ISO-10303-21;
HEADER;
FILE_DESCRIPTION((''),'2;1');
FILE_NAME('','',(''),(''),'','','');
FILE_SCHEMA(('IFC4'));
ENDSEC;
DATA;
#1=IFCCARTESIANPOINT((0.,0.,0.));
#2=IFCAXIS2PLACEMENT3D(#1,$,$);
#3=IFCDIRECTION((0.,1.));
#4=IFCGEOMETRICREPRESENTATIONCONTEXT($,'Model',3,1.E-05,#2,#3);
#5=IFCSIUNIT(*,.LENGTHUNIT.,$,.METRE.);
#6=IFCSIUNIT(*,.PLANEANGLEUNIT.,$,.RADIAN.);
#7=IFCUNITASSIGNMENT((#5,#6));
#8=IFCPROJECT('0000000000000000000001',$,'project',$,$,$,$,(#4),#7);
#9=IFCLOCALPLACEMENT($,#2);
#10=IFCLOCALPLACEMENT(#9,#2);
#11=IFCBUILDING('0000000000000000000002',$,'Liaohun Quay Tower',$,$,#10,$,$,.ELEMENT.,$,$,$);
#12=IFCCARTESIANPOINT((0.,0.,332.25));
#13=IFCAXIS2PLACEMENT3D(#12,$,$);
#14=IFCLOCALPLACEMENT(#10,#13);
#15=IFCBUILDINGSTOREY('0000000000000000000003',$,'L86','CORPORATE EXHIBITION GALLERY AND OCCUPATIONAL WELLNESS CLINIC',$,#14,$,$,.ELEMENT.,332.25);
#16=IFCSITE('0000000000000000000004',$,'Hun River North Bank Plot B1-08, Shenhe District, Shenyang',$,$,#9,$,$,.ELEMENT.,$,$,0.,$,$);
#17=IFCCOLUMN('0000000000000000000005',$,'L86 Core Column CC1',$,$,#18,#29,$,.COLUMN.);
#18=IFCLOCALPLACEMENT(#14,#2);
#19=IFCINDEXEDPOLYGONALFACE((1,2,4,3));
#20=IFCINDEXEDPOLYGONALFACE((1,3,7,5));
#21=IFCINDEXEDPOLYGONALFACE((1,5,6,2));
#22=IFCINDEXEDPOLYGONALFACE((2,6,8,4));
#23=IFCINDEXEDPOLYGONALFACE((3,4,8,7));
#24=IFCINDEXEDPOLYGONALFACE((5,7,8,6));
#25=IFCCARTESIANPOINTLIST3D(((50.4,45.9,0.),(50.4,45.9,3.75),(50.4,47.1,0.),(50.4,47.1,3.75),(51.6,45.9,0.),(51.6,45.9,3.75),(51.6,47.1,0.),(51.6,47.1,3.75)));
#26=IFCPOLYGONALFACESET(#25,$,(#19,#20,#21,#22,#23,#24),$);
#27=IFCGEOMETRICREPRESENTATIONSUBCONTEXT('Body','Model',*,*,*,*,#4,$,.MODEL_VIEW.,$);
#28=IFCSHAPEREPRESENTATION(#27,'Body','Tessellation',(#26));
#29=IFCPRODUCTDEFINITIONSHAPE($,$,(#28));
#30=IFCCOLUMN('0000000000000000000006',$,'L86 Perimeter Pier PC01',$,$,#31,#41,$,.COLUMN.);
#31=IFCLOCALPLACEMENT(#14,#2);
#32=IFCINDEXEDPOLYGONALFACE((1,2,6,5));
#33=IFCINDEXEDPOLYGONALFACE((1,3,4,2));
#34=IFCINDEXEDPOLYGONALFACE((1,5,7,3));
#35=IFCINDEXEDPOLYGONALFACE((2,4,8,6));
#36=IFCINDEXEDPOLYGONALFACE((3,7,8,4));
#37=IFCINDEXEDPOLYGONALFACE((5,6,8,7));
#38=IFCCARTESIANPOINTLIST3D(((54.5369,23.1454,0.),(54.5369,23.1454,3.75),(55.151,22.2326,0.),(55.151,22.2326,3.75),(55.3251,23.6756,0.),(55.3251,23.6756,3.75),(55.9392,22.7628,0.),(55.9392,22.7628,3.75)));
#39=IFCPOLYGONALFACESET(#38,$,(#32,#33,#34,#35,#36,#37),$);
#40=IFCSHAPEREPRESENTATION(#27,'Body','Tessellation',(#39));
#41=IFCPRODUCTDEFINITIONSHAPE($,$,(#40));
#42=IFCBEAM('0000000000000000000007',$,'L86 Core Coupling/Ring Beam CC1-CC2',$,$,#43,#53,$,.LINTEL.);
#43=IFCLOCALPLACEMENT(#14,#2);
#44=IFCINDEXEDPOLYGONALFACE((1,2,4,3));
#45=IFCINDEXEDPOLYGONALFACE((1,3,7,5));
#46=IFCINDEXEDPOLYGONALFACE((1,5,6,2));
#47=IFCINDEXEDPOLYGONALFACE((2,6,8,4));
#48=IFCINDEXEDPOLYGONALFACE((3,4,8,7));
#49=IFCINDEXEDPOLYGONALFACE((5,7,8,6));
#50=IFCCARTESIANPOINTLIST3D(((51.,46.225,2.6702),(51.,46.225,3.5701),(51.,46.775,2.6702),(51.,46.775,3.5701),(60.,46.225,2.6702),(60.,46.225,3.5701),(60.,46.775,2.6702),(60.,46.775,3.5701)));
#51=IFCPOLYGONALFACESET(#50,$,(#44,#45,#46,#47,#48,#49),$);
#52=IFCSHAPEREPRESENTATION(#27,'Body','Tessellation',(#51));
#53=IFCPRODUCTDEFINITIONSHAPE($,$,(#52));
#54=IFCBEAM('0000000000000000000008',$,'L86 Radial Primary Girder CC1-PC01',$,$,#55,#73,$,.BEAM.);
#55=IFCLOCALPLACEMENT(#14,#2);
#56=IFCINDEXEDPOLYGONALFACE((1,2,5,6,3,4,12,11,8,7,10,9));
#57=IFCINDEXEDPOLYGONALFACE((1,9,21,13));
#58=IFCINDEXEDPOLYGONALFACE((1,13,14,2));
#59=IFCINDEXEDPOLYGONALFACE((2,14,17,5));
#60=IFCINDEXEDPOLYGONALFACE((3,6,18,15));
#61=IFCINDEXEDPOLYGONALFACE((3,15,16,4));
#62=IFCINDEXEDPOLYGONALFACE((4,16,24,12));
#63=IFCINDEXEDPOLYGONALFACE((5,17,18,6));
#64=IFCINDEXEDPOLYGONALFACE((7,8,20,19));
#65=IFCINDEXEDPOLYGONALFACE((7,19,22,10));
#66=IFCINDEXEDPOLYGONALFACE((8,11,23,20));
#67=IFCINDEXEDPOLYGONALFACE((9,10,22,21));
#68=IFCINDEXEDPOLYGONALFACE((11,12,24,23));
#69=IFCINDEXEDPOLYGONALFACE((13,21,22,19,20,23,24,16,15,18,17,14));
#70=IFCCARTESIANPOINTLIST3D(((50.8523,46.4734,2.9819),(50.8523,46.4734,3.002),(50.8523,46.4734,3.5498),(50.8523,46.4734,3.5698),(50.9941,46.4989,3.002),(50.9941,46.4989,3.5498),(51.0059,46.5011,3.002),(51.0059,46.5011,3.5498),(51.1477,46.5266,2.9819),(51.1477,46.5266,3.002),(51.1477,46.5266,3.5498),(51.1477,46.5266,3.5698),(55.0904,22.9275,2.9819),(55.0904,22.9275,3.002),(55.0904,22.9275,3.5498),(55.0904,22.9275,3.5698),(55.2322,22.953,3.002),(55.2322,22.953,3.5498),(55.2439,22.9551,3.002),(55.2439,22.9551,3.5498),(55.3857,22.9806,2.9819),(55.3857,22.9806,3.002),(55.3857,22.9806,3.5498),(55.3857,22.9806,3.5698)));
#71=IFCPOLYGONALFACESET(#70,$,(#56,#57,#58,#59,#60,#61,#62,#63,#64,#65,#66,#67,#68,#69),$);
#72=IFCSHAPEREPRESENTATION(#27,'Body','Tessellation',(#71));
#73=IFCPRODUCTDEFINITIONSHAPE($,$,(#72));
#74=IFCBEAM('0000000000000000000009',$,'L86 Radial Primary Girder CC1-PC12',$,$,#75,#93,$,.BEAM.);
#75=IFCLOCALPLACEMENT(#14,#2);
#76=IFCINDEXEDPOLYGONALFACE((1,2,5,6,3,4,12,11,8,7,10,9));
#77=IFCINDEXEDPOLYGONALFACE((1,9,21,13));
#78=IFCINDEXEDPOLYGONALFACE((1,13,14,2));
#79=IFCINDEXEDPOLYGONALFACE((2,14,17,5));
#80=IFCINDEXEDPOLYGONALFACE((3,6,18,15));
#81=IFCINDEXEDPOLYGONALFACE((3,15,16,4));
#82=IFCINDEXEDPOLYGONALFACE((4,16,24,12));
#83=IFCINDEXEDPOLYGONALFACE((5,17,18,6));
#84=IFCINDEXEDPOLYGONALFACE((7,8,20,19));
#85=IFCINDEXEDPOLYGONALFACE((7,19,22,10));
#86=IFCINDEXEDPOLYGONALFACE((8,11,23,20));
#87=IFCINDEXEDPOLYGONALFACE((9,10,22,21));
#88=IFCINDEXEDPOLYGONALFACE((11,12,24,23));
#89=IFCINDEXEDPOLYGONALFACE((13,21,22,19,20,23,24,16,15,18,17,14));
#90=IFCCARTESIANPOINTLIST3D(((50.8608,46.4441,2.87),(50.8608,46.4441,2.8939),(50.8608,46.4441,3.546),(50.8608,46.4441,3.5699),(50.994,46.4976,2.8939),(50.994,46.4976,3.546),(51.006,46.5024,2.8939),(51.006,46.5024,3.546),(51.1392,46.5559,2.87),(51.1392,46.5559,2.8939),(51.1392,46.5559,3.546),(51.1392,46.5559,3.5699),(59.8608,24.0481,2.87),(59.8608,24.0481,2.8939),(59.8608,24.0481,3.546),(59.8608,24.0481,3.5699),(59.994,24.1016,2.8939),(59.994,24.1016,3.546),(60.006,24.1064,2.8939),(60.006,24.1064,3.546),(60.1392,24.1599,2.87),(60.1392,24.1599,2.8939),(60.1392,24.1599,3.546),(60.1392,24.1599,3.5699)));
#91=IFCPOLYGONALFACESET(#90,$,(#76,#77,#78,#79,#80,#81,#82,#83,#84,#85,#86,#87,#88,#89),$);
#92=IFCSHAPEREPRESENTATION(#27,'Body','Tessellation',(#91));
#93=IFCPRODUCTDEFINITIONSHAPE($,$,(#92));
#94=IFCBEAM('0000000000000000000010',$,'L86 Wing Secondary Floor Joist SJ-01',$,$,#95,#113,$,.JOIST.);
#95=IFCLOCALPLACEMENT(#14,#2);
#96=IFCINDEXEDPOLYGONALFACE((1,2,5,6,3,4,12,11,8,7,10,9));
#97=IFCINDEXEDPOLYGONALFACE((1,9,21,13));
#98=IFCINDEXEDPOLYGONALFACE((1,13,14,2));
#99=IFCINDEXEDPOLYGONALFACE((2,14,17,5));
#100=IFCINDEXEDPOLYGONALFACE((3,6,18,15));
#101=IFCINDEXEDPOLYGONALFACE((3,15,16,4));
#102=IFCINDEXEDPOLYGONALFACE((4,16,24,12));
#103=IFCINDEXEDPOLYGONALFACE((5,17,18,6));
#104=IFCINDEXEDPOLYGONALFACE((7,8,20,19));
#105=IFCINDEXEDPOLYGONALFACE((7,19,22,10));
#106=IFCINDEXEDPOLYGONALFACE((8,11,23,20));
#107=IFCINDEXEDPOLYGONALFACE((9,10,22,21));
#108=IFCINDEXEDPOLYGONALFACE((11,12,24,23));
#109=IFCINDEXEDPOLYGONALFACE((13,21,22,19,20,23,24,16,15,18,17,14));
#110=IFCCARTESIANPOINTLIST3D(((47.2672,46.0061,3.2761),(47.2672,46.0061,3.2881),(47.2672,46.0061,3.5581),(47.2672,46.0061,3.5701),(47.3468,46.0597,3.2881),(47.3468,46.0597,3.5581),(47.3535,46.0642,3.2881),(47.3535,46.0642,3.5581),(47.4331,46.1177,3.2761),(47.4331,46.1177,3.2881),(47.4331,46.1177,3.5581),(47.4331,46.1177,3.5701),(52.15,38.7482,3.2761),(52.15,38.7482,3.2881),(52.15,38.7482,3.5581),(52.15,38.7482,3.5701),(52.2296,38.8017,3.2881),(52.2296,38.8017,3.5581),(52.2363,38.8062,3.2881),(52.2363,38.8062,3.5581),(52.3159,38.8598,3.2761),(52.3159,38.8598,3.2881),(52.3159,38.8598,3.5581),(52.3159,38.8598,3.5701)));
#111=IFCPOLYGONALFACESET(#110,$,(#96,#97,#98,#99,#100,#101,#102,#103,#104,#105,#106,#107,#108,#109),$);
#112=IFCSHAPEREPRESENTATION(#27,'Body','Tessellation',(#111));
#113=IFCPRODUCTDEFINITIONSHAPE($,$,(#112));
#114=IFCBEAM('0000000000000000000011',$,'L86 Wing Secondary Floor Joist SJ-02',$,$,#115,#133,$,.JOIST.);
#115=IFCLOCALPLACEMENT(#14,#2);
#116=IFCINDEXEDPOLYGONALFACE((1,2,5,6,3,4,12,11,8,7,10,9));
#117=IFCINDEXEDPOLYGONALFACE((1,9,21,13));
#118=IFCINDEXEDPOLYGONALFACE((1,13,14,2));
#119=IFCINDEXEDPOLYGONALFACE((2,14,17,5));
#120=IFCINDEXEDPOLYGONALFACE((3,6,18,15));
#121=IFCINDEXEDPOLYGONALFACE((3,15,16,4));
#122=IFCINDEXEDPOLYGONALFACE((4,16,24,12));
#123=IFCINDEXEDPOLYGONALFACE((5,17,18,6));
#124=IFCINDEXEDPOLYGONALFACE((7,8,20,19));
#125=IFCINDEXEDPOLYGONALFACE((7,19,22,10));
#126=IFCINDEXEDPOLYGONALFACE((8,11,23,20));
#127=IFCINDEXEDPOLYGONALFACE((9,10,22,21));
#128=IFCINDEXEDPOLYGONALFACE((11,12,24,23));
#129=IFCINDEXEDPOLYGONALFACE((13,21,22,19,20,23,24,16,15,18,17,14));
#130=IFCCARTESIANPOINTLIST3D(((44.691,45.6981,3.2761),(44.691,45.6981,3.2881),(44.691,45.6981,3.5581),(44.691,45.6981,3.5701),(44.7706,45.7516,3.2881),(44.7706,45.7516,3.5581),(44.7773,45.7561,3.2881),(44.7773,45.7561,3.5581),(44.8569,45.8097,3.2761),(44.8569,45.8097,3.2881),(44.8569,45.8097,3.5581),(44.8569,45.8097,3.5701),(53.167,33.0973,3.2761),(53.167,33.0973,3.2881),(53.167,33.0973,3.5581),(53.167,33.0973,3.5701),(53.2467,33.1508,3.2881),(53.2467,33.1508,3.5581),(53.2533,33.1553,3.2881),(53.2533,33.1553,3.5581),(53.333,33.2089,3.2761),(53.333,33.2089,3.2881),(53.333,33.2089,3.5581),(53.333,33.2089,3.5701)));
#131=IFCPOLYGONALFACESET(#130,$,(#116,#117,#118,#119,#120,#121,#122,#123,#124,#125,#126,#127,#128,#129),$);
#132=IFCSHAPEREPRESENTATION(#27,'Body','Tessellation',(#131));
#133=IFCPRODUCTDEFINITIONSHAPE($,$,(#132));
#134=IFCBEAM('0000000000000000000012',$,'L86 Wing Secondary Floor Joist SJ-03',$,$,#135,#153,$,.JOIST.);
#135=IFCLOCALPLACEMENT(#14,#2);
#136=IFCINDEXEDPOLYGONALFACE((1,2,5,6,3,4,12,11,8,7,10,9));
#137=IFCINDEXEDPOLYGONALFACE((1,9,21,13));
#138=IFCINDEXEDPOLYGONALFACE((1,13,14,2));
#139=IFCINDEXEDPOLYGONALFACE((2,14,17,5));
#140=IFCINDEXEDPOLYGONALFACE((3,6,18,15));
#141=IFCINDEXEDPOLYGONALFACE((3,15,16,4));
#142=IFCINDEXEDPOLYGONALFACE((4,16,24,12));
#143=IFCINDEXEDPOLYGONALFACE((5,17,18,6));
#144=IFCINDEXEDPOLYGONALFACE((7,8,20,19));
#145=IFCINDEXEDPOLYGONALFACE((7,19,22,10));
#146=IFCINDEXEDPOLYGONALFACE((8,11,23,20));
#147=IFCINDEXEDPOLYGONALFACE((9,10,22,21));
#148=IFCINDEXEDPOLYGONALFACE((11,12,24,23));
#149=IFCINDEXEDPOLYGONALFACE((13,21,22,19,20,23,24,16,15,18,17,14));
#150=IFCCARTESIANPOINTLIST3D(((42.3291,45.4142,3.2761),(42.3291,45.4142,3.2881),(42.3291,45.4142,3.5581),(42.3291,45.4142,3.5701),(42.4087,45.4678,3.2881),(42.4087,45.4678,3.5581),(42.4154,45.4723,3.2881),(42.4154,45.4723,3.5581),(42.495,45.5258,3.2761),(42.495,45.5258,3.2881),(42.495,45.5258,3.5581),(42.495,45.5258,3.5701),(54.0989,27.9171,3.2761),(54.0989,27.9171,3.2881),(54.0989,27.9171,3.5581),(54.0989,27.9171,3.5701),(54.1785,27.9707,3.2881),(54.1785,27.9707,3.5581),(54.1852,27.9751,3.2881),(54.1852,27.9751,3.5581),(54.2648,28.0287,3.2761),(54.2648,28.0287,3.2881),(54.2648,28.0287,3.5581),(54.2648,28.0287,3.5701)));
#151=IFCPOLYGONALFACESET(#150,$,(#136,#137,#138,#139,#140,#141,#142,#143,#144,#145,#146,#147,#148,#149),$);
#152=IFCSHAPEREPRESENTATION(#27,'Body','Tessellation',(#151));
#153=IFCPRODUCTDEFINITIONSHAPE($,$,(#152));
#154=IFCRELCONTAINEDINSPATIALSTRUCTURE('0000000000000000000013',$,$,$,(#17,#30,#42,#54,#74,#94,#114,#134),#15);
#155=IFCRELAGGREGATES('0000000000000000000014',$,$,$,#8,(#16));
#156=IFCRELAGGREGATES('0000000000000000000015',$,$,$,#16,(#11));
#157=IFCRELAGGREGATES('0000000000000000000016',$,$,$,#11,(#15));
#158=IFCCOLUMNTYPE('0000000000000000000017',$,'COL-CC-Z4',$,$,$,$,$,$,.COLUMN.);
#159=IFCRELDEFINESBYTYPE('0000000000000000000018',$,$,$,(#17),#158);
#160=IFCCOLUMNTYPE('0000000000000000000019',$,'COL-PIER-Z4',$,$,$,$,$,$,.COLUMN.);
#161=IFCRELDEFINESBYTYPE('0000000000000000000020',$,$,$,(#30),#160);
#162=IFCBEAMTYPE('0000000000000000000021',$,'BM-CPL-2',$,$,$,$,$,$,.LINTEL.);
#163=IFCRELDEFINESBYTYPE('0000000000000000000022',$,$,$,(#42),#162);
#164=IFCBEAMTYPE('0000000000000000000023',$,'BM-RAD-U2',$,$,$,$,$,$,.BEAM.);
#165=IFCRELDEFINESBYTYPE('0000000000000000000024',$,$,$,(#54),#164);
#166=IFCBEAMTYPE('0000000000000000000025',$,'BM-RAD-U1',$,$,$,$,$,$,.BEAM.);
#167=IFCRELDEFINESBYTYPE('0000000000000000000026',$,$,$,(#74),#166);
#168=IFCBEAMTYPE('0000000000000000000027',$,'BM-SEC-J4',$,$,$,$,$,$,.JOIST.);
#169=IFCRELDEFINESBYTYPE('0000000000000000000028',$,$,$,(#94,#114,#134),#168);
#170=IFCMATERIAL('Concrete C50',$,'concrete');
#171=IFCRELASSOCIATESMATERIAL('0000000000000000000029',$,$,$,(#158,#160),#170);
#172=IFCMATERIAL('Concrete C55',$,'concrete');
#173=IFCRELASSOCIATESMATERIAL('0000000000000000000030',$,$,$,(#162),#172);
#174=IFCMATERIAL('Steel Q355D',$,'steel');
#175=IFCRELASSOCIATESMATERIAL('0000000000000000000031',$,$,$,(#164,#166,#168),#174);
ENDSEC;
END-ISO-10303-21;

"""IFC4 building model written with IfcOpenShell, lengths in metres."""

from ifc_helpers import new_model, si_unit, direction, frame, origin, origin_2d, place, context, subcontext, project, spatial, rectangle, i_section, extrude, source, transform, mapped, material, material_profile, profile_set, type_object, element, save


model = new_model("IFC4")

# Units and contexts
model_context = context("Model", 3, precision=1e-05, world=origin(), true_north=direction((0.0, 1.0)))
body_context = subcontext(model_context, "Body", "Model", "MODEL_VIEW")
ifc_project = project(units=[si_unit("LENGTHUNIT", "METRE"), si_unit("PLANEANGLEUNIT", "RADIAN")], contexts=[model_context])

# Site, building, storey
site_placement = place(None, origin())
site = spatial("IfcSite", under=ifc_project, at=site_placement, Name="Hun River North Bank Plot B1-08, Shenhe District, Shenyang", CompositionType="ELEMENT", RefElevation=0.0)
building_placement = place(site_placement, origin())
building = spatial("IfcBuilding", under=site, at=building_placement, Name="Liaohun Quay Tower", CompositionType="ELEMENT")
storey_placement = place(building_placement, frame((0.0, 0.0, 332.25)))
storey = spatial("IfcBuildingStorey", under=building, at=storey_placement, Name="L86", Description="CORPORATE EXHIBITION GALLERY AND OCCUPATIONAL WELLNESS CLINIC", CompositionType="ELEMENT", Elevation=332.25)

# Columns
ifc_material_1 = material(Name="Concrete C50", Category="concrete")
ifc_material_profile_1 = material_profile(ifc_material_1, rectangle(XDim=1.2, YDim=1.2, at=origin_2d()), Name="RC1200x1200")
ifc_profile_set_1 = profile_set([ifc_material_profile_1], Name="Concrete C50")
column_type_1 = type_object("IfcColumnType", Name="COL-CC-Z4", PredefinedType="COLUMN", material=ifc_profile_set_1)
shared_shape_1 = source(origin(), body_context, "Body", "SweptSolid", [
    extrude(rectangle(XDim=1.2, YDim=1.2, at=origin_2d()), origin(), (0.0, 0.0, 1.0), 3.75),
])
column_1_placement = place(storey_placement, frame((51.0, 46.5, 0.0), z_axis=(0.0, 0.0, 1.0), x_axis=(1.0, 0.0, 0.0)))
element("IfcColumn", 1, at=column_1_placement, inside=storey, type_object=column_type_1, Name="L86 Core Column CC1", PredefinedType="COLUMN", context=body_context, shape_type="MappedRepresentation", body=[
    mapped(shared_shape_1, transform((0.0, 0.0, 0.0), x_axis=(1.0, 0.0, 0.0), y_axis=(0.0, 1.0, 0.0), z_axis=(0.0, 0.0, 1.0), scale=1.0)),
])
ifc_material_profile_2 = material_profile(ifc_material_1, rectangle(XDim=1.1001, YDim=0.95, at=origin_2d()), Name="RC1100x950")
ifc_profile_set_2 = profile_set([ifc_material_profile_2], Name="Concrete C50")
column_type_2 = type_object("IfcColumnType", Name="COL-PIER-Z4", PredefinedType="COLUMN", material=ifc_profile_set_2)
shared_shape_2 = source(origin(), body_context, "Body", "SweptSolid", [
    extrude(rectangle(XDim=1.1001, YDim=0.95, at=origin_2d()), origin(), (0.0, 0.0, 1.0), 3.75),
])
column_2_placement = place(storey_placement, frame((55.238, 22.9541, 0.0), z_axis=(0.0, 0.0, 1.0), x_axis=(-0.55818, 0.82972, 0.0)))
element("IfcColumn", 2, at=column_2_placement, inside=storey, type_object=column_type_2, Name="L86 Perimeter Pier PC01", PredefinedType="COLUMN", context=body_context, shape_type="MappedRepresentation", body=[
    mapped(shared_shape_2, transform((0.0, 0.0, 0.0), x_axis=(1.0, 0.0, 0.0), y_axis=(0.0, 1.0, 0.0), z_axis=(0.0, 0.0, 1.0), scale=1.0)),
])

# Beams
ifc_material_2 = material(Name="Concrete C55", Category="concrete")
ifc_material_profile_3 = material_profile(ifc_material_2, rectangle(XDim=0.55, YDim=0.8999, at=origin_2d()), Name="RC550x900")
ifc_profile_set_3 = profile_set([ifc_material_profile_3], Name="Concrete C55")
beam_type_1 = type_object("IfcBeamType", Name="BM-CPL-2", PredefinedType="LINTEL", material=ifc_profile_set_3)
shared_shape_3 = source(origin(), body_context, "Body", "SweptSolid", [
    extrude(rectangle(XDim=0.55, YDim=0.8999, at=origin_2d()), origin(), (0.0, 0.0, 1.0), 9.0),
])
beam_1_placement = place(storey_placement, frame((51.0, 46.5, 3.1201), z_axis=(1.0, 0.0, 0.0), x_axis=(0.0, 1.0, 0.0)))
element("IfcBeam", 3, at=beam_1_placement, inside=storey, type_object=beam_type_1, Name="L86 Core Coupling/Ring Beam CC1-CC2", PredefinedType="LINTEL", context=body_context, shape_type="MappedRepresentation", body=[
    mapped(shared_shape_3, transform((0.0, 0.0, 0.0), x_axis=(1.0, 0.0, 0.0), y_axis=(0.0, 1.0, 0.0), z_axis=(0.0, 0.0, 1.0), scale=1.0)),
])
ifc_material_3 = material(Name="Steel Q355D", Category="steel")
ifc_material_profile_4 = material_profile(ifc_material_3, i_section(OverallWidth=0.3, OverallDepth=0.5879, WebThickness=0.012, FlangeThickness=0.02, at=origin_2d()), Name="HM588x300x12x20")
ifc_profile_set_4 = profile_set([ifc_material_profile_4], Name="Steel Q355D")
beam_type_2 = type_object("IfcBeamType", Name="BM-RAD-U2", PredefinedType="BEAM", material=ifc_profile_set_4)
shared_shape_4 = source(origin(), body_context, "Body", "SweptSolid", [
    extrude(i_section(OverallWidth=0.3, OverallDepth=0.5879, WebThickness=0.012, FlangeThickness=0.02, at=origin_2d()), origin(), (0.0, 0.0, 1.0), 23.9243),
])
beam_2_placement = place(storey_placement, frame((51.0, 46.5, 3.2759), z_axis=(0.177144, -0.984185, 0.0), x_axis=(0.984185, 0.177144, 0.0)))
element("IfcBeam", 4, at=beam_2_placement, inside=storey, type_object=beam_type_2, Name="L86 Radial Primary Girder CC1-PC01", PredefinedType="BEAM", context=body_context, shape_type="MappedRepresentation", body=[
    mapped(shared_shape_4, transform((0.0, 0.0, 0.0), x_axis=(1.0, 0.0, 0.0), y_axis=(0.0, 1.0, 0.0), z_axis=(0.0, 0.0, 1.0), scale=1.0)),
])
ifc_material_profile_5 = material_profile(ifc_material_3, i_section(OverallWidth=0.3, OverallDepth=0.7, WebThickness=0.0129, FlangeThickness=0.0239, at=origin_2d()), Name="HN700x300x13x24")
ifc_profile_set_5 = profile_set([ifc_material_profile_5], Name="Steel Q355D")
beam_type_3 = type_object("IfcBeamType", Name="BM-RAD-U1", PredefinedType="BEAM", material=ifc_profile_set_5)
shared_shape_5 = source(origin(), body_context, "Body", "SweptSolid", [
    extrude(i_section(OverallWidth=0.3, OverallDepth=0.7, WebThickness=0.0129, FlangeThickness=0.0239, at=origin_2d()), origin(), (0.0, 0.0, 1.0), 24.1367),
])
beam_3_placement = place(storey_placement, frame((51.0, 46.5, 3.22), z_axis=(0.372876, -0.927881, 0.0), x_axis=(0.927881, 0.372876, 0.0)))
element("IfcBeam", 5, at=beam_3_placement, inside=storey, type_object=beam_type_3, Name="L86 Radial Primary Girder CC1-PC12", PredefinedType="BEAM", context=body_context, shape_type="MappedRepresentation", body=[
    mapped(shared_shape_5, transform((0.0, 0.0, 0.0), x_axis=(1.0, 0.0, 0.0), y_axis=(0.0, 1.0, 0.0), z_axis=(0.0, 0.0, 1.0), scale=1.0)),
])
ifc_material_profile_6 = material_profile(ifc_material_3, i_section(OverallWidth=0.2, OverallDepth=0.2939, WebThickness=0.0081, FlangeThickness=0.012, at=origin_2d()), Name="HM294x200x8x12")
ifc_profile_set_6 = profile_set([ifc_material_profile_6], Name="Steel Q355D")
beam_type_4 = type_object("IfcBeamType", Name="BM-SEC-J4", PredefinedType="JOIST", material=ifc_profile_set_6)
shared_shape_6 = source(origin(), body_context, "Body", "SweptSolid", [
    extrude(i_section(OverallWidth=0.2, OverallDepth=0.2939, WebThickness=0.0081, FlangeThickness=0.012, at=origin_2d()), origin(), (0.0, 0.0, 1.0), 8.7476),
])
beam_4_placement = place(storey_placement, frame((52.2329, 38.804, 3.4231), z_axis=(-0.558186, 0.829716, 0.0), x_axis=(-0.829716, -0.558186, 0.0)))
element("IfcBeam", 6, at=beam_4_placement, inside=storey, type_object=beam_type_4, Name="L86 Wing Secondary Floor Joist SJ-01", PredefinedType="JOIST", context=body_context, shape_type="MappedRepresentation", body=[
    mapped(shared_shape_6, transform((0.0, 0.0, 0.0), x_axis=(1.0, 0.0, 0.0), y_axis=(0.0, 1.0, 0.0), z_axis=(0.0, 0.0, 1.0), scale=1.0)),
])
shared_shape_7 = source(origin(), body_context, "Body", "SweptSolid", [
    extrude(i_section(OverallWidth=0.2, OverallDepth=0.2939, WebThickness=0.0081, FlangeThickness=0.012, at=origin_2d()), origin(), (0.0, 0.0, 1.0), 15.1863),
])
beam_5_placement = place(storey_placement, frame((53.25, 33.1531, 3.4231), z_axis=(-0.558138, 0.829748, 0.0), x_axis=(-0.829748, -0.558138, 0.0)))
element("IfcBeam", 7, at=beam_5_placement, inside=storey, type_object=beam_type_4, Name="L86 Wing Secondary Floor Joist SJ-02", PredefinedType="JOIST", context=body_context, shape_type="MappedRepresentation", body=[
    mapped(shared_shape_7, transform((0.0, 0.0, 0.0), x_axis=(1.0, 0.0, 0.0), y_axis=(0.0, 1.0, 0.0), z_axis=(0.0, 0.0, 1.0), scale=1.0)),
])
shared_shape_8 = source(origin(), body_context, "Body", "SweptSolid", [
    extrude(i_section(OverallWidth=0.2, OverallDepth=0.2939, WebThickness=0.0081, FlangeThickness=0.012, at=origin_2d()), origin(), (0.0, 0.0, 1.0), 21.0874),
])
beam_6_placement = place(storey_placement, frame((54.1819, 27.9729, 3.4231), z_axis=(-0.558145, 0.829744, 0.0), x_axis=(-0.829744, -0.558145, 0.0)))
element("IfcBeam", 8, at=beam_6_placement, inside=storey, type_object=beam_type_4, Name="L86 Wing Secondary Floor Joist SJ-03", PredefinedType="JOIST", context=body_context, shape_type="MappedRepresentation", body=[
    mapped(shared_shape_8, transform((0.0, 0.0, 0.0), x_axis=(1.0, 0.0, 0.0), y_axis=(0.0, 1.0, 0.0), z_axis=(0.0, 0.0, 1.0), scale=1.0)),
])

save(model, "model.ifc")
